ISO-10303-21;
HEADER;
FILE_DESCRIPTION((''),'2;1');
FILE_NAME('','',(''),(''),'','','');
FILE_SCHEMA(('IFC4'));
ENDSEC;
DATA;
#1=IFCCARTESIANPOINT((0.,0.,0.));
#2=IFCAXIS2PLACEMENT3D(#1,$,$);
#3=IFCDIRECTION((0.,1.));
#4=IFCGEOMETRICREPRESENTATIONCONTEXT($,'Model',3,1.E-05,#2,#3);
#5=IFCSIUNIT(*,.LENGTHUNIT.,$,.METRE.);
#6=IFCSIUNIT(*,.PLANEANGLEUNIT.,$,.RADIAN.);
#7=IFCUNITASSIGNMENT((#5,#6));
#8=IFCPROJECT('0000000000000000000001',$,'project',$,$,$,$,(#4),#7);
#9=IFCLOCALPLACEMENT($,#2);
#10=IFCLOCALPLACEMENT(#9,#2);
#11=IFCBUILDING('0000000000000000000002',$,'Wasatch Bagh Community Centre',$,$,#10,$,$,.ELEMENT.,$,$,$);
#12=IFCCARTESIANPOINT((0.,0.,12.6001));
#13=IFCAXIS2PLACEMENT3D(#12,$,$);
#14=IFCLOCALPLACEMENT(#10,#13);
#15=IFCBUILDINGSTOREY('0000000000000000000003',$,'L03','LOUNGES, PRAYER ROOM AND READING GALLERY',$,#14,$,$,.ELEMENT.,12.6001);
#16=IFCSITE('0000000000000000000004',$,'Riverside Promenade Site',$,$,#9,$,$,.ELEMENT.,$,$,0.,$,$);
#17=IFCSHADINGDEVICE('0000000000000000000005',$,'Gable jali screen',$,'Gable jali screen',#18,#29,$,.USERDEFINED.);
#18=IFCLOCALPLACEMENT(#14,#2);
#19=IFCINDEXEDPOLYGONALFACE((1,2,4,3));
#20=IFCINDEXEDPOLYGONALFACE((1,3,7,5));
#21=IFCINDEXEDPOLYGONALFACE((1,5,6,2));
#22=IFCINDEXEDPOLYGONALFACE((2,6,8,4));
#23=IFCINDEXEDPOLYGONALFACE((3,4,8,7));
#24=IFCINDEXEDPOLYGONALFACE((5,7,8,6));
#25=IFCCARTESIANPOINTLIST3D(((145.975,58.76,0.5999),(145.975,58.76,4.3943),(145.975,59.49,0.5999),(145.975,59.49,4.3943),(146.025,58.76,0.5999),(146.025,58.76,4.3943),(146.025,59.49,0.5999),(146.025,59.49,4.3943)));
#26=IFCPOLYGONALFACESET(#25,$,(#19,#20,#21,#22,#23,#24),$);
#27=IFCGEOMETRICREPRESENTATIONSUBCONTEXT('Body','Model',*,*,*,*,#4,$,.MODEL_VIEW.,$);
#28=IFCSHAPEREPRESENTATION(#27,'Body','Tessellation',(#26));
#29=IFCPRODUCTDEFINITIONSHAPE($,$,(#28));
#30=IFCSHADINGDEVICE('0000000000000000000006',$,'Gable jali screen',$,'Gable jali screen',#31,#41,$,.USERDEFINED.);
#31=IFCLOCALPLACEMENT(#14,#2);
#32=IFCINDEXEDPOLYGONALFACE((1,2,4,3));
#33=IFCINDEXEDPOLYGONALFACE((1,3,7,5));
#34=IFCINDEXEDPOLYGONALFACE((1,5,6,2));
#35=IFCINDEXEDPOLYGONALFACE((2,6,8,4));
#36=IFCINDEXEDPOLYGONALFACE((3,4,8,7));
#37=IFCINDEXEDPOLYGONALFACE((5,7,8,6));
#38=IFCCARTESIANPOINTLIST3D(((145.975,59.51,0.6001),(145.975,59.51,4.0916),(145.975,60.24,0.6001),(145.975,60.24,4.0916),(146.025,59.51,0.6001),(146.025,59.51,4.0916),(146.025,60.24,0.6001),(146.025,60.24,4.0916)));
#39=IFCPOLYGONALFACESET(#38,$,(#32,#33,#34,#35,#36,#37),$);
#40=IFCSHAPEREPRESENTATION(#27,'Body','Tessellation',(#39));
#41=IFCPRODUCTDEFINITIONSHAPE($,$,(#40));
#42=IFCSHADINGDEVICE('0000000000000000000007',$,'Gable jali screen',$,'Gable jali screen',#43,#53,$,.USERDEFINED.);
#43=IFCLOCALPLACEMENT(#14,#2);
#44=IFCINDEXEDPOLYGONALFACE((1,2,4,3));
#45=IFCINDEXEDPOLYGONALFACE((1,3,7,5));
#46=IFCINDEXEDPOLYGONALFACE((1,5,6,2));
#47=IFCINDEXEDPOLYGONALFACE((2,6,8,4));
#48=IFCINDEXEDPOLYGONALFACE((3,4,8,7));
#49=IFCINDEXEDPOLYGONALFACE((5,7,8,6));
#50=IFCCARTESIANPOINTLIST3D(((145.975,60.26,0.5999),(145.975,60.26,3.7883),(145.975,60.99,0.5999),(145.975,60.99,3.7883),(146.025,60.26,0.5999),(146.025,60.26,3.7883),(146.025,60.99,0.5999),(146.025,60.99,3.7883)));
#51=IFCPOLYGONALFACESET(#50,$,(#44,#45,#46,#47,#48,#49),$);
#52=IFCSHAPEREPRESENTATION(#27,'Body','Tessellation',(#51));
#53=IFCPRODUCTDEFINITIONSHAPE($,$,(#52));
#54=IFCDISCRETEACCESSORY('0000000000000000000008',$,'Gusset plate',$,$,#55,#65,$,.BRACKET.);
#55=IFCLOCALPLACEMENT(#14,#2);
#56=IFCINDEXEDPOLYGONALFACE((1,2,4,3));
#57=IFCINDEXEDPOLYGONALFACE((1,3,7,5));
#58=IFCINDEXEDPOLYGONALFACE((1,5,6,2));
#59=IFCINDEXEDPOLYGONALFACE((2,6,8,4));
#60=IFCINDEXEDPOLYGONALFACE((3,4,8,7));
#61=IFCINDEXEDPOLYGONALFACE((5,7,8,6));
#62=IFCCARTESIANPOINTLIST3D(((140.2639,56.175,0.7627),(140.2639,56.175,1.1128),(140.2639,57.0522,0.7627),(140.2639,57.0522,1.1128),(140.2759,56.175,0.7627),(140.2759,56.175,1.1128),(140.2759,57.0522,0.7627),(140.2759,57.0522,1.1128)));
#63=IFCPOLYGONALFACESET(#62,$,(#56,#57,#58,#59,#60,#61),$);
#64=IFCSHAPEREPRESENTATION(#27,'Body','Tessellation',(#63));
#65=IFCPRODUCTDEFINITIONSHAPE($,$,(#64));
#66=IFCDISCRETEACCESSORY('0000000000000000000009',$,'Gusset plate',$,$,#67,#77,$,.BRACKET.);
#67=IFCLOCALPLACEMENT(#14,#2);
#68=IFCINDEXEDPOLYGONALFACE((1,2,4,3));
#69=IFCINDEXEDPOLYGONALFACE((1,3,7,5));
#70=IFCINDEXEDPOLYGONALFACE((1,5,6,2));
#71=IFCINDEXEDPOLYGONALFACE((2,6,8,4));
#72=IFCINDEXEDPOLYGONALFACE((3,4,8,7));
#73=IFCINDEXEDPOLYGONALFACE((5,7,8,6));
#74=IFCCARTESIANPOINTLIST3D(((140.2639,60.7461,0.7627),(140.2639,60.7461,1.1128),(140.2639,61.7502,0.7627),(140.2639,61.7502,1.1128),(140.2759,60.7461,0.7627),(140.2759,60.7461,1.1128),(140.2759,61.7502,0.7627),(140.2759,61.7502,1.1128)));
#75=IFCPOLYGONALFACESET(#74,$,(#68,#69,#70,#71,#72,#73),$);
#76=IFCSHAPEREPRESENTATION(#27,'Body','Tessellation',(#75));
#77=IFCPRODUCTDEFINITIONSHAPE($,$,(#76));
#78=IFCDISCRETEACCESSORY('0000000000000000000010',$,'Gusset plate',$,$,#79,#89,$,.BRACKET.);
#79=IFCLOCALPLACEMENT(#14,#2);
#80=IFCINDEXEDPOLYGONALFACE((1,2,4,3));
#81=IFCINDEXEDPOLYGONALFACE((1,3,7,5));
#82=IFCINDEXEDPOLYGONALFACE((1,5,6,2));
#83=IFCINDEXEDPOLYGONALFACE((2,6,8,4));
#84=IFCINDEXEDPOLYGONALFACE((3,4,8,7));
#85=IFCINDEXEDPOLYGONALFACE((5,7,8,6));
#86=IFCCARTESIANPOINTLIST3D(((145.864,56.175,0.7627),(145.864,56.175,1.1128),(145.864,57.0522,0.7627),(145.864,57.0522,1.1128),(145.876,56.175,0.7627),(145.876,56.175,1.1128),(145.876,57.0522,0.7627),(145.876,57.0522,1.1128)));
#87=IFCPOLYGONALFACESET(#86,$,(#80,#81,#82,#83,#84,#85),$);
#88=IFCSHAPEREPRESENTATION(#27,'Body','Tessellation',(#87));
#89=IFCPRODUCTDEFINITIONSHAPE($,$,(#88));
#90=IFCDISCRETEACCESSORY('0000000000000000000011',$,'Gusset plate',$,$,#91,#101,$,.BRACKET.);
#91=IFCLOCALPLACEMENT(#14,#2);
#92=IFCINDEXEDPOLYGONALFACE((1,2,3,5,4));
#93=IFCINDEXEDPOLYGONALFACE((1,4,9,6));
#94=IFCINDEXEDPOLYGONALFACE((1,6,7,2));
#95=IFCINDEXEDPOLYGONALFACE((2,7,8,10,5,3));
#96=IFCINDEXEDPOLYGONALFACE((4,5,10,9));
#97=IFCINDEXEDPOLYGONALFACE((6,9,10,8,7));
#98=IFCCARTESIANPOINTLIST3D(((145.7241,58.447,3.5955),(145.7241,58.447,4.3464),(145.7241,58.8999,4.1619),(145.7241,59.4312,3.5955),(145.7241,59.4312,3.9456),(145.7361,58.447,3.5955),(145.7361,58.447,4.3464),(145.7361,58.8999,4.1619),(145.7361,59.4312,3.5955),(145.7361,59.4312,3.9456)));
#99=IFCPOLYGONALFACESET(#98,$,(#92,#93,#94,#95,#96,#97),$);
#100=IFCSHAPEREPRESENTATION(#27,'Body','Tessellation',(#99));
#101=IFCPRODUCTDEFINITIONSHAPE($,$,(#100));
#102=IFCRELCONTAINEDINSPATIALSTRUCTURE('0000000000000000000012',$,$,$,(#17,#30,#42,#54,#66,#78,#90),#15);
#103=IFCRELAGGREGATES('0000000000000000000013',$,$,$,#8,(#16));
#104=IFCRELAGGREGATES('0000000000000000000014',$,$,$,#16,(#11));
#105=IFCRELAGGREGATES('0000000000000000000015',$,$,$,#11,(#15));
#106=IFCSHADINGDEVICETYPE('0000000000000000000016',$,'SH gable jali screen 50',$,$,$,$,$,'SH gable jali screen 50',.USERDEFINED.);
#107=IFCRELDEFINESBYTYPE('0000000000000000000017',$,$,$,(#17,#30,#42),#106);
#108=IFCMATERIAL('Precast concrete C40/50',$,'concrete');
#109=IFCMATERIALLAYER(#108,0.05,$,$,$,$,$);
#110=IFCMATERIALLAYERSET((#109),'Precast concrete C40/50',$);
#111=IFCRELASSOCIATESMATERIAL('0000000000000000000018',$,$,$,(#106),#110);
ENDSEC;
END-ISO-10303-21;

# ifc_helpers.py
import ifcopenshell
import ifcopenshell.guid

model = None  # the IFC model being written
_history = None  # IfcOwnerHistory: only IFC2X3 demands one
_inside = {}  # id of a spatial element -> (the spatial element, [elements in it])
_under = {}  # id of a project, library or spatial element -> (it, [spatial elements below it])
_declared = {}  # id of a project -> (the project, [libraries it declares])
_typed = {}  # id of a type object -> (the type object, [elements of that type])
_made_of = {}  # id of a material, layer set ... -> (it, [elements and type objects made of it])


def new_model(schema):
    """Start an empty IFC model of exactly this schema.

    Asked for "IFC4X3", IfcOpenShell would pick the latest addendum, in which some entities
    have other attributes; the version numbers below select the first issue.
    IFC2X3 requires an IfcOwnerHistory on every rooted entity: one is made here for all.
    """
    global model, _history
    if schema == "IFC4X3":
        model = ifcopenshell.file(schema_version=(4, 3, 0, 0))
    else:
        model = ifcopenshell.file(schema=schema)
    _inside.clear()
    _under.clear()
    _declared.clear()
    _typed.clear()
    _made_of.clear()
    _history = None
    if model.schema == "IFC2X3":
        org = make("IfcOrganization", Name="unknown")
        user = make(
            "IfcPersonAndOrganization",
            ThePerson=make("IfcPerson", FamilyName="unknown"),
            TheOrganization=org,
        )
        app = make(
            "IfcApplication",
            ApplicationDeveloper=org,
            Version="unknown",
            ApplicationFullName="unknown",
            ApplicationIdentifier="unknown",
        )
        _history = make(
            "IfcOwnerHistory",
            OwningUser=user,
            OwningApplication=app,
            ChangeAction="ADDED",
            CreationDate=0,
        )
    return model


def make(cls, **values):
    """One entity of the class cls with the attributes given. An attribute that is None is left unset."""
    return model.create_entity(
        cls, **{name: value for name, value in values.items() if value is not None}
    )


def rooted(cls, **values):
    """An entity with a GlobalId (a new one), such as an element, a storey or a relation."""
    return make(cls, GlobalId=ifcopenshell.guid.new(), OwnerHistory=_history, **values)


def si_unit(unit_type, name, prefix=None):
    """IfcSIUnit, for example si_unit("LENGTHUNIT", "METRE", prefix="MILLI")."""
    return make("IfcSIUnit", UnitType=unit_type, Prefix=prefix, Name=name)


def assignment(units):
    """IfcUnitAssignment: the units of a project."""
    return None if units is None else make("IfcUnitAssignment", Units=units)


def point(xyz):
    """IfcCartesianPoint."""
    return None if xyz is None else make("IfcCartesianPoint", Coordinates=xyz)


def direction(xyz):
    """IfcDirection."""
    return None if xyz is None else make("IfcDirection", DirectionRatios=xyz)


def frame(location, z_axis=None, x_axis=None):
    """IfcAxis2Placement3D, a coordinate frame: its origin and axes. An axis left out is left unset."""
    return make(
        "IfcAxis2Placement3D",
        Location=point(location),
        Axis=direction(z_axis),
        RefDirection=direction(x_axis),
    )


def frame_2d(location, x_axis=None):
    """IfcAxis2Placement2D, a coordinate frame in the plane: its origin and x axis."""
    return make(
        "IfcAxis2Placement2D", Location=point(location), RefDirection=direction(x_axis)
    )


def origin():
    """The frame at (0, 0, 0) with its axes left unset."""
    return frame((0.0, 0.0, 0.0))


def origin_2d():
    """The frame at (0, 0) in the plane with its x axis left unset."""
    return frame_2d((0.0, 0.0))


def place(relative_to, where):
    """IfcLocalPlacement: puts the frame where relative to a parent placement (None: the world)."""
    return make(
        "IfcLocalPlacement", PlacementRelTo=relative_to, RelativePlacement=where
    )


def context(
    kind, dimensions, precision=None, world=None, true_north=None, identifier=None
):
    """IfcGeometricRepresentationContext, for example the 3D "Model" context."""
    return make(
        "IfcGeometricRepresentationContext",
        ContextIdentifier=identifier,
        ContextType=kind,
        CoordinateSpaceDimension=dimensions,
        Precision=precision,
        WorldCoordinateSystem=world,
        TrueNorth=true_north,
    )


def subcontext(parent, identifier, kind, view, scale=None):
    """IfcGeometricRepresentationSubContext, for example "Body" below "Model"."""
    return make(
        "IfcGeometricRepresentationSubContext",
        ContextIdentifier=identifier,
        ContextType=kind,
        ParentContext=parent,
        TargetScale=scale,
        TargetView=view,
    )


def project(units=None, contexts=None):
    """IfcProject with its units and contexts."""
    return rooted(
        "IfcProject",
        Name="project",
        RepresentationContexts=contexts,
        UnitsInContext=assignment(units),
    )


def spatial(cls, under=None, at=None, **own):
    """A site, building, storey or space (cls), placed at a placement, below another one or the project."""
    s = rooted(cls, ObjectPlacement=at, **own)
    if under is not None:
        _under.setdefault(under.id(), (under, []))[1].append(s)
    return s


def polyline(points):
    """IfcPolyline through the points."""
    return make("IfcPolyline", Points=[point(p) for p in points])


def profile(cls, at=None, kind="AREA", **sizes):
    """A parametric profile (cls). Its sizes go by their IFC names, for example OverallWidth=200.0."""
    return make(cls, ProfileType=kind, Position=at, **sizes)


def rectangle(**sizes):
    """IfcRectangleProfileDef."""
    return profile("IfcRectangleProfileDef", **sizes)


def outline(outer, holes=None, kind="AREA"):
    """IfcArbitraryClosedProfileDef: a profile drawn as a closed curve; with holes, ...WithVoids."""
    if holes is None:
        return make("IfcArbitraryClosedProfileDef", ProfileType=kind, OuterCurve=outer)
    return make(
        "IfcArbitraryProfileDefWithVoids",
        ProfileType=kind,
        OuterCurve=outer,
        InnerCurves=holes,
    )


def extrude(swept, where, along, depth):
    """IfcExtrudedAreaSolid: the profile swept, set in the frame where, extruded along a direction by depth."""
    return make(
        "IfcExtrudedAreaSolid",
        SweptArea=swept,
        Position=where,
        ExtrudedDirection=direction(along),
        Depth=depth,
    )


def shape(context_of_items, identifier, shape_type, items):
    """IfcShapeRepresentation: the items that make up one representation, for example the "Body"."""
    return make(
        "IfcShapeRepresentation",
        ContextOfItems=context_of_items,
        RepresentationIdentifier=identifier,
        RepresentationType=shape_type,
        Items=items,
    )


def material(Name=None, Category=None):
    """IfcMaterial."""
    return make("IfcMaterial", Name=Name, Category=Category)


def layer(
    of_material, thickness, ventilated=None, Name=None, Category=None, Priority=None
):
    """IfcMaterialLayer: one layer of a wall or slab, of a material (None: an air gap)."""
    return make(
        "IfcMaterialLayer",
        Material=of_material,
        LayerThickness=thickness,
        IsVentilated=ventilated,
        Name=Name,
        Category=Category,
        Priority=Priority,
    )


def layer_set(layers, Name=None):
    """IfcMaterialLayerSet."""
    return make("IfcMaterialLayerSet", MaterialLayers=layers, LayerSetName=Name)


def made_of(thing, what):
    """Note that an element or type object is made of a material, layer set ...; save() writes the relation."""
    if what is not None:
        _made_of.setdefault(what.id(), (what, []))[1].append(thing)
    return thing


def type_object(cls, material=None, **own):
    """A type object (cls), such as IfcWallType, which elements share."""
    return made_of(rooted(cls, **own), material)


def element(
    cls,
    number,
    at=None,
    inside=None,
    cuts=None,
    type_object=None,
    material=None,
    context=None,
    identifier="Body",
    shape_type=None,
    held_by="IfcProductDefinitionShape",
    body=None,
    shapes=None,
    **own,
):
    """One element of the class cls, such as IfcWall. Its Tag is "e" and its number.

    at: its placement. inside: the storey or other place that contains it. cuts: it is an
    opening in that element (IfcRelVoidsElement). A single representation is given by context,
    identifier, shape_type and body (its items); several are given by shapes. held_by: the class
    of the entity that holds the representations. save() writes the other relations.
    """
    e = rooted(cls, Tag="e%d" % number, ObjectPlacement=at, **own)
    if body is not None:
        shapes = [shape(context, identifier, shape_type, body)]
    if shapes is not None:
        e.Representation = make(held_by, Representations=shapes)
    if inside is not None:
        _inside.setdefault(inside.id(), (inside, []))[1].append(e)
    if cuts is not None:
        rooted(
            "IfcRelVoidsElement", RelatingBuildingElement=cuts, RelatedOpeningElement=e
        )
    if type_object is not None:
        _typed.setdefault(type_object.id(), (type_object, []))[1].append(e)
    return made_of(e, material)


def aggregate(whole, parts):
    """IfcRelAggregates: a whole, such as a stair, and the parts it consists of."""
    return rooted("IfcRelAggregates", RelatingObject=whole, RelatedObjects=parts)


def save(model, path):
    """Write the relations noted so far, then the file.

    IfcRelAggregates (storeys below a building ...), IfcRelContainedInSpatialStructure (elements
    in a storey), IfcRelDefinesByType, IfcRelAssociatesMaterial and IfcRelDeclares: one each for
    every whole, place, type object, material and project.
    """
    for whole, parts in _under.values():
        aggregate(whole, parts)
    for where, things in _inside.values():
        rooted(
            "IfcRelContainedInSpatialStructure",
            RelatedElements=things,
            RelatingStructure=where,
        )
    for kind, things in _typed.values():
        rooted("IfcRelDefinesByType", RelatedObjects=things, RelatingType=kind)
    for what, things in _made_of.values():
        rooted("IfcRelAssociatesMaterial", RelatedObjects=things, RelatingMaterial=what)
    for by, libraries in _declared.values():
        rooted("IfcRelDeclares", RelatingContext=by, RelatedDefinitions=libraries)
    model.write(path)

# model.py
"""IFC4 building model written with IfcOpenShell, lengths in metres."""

from ifc_helpers import new_model, si_unit, direction, frame, origin, origin_2d, place, context, subcontext, project, spatial, polyline, rectangle, outline, extrude, material, layer, layer_set, type_object, element, save


model = new_model("IFC4")

# Units and contexts
model_context = context("Model", 3, precision=1e-05, world=origin(), true_north=direction((0.0, 1.0)))
body_context = subcontext(model_context, "Body", "Model", "MODEL_VIEW")
ifc_project = project(units=[si_unit("LENGTHUNIT", "METRE"), si_unit("PLANEANGLEUNIT", "RADIAN")], contexts=[model_context])

# Site, building, storey
site_placement = place(None, origin())
site = spatial("IfcSite", under=ifc_project, at=site_placement, Name="Riverside Promenade Site", CompositionType="ELEMENT", RefElevation=0.0)
building_placement = place(site_placement, origin())
building = spatial("IfcBuilding", under=site, at=building_placement, Name="Wasatch Bagh Community Centre", CompositionType="ELEMENT")
storey_placement = place(building_placement, frame((0.0, 0.0, 12.6001)))
storey = spatial("IfcBuildingStorey", under=building, at=storey_placement, Name="L03", Description="LOUNGES, PRAYER ROOM AND READING GALLERY", CompositionType="ELEMENT", Elevation=12.6001)

# Shading devices
ifc_material_1 = material(Name="Precast concrete C40/50", Category="concrete")
ifc_layer_1 = layer(ifc_material_1, 0.05)
ifc_layer_set_1 = layer_set([ifc_layer_1], Name="Precast concrete C40/50")
shading_device_type = type_object("IfcShadingDeviceType", Name="SH gable jali screen 50", ElementType="SH gable jali screen 50", PredefinedType="USERDEFINED", material=ifc_layer_set_1)
shading_device_1_placement = place(storey_placement, frame((146.0, 59.125, 0.5999), z_axis=(0.0, 0.0, 1.0), x_axis=(1.0, 0.0, 0.0)))
element("IfcShadingDevice", 1, at=shading_device_1_placement, inside=storey, type_object=shading_device_type, Name="Gable jali screen", ObjectType="Gable jali screen", PredefinedType="USERDEFINED", context=body_context, shape_type="SweptSolid", body=[
    extrude(rectangle(XDim=0.05, YDim=0.73, at=origin_2d()), origin(), (0.0, 0.0, 1.0), 3.7944),
])
shading_device_2_placement = place(storey_placement, frame((146.0, 59.875, 0.6001), z_axis=(0.0, 0.0, 1.0), x_axis=(1.0, 0.0, 0.0)))
element("IfcShadingDevice", 2, at=shading_device_2_placement, inside=storey, type_object=shading_device_type, Name="Gable jali screen", ObjectType="Gable jali screen", PredefinedType="USERDEFINED", context=body_context, shape_type="SweptSolid", body=[
    extrude(rectangle(XDim=0.05, YDim=0.73, at=origin_2d()), origin(), (0.0, 0.0, 1.0), 3.4915),
])
shading_device_3_placement = place(storey_placement, frame((146.0, 60.625, 0.5999), z_axis=(0.0, 0.0, 1.0), x_axis=(1.0, 0.0, 0.0)))
element("IfcShadingDevice", 3, at=shading_device_3_placement, inside=storey, type_object=shading_device_type, Name="Gable jali screen", ObjectType="Gable jali screen", PredefinedType="USERDEFINED", context=body_context, shape_type="SweptSolid", body=[
    extrude(rectangle(XDim=0.05, YDim=0.73, at=origin_2d()), origin(), (0.0, 0.0, 1.0), 3.1885),
])

# Discrete accessories
discrete_accessory_1_placement = place(storey_placement, frame((140.2759, 56.175, 0.7627), z_axis=(1.0, 0.0, 0.0), x_axis=(0.0, 1.0, 0.0)))
element("IfcDiscreteAccessory", 4, at=discrete_accessory_1_placement, inside=storey, Name="Gusset plate", PredefinedType="BRACKET", context=body_context, shape_type="SweptSolid", body=[
    extrude(outline(polyline([(0.0, 0.0), (0.8772, 0.0), (0.8772, 0.3501), (0.0, 0.3501), (0.0, 0.0)])), origin(), (0.0, 0.0, -1.0), 0.012),
])
discrete_accessory_2_placement = place(storey_placement, frame((140.2759, 60.7461, 0.7627), z_axis=(1.0, 0.0, 0.0), x_axis=(0.0, 1.0, 0.0)))
element("IfcDiscreteAccessory", 5, at=discrete_accessory_2_placement, inside=storey, Name="Gusset plate", PredefinedType="BRACKET", context=body_context, shape_type="SweptSolid", body=[
    extrude(outline(polyline([(0.0, 0.0), (1.0042, 0.0), (1.0042, 0.3501), (0.0, 0.3501), (0.0, 0.0)])), origin(), (0.0, 0.0, -1.0), 0.012),
])
discrete_accessory_3_placement = place(storey_placement, frame((145.876, 56.175, 0.7627), z_axis=(1.0, 0.0, 0.0), x_axis=(0.0, 1.0, 0.0)))
element("IfcDiscreteAccessory", 6, at=discrete_accessory_3_placement, inside=storey, Name="Gusset plate", PredefinedType="BRACKET", context=body_context, shape_type="SweptSolid", body=[
    extrude(outline(polyline([(0.0, 0.0), (0.8772, 0.0), (0.8772, 0.3501), (0.0, 0.3501), (0.0, 0.0)])), origin(), (0.0, 0.0, -1.0), 0.012),
])
discrete_accessory_4_placement = place(storey_placement, frame((145.7241, 58.447, 4.3464), z_axis=(-1.0, 0.0, 0.0), x_axis=(0.0, 0.926047, -0.377408)))
element("IfcDiscreteAccessory", 7, at=discrete_accessory_4_placement, inside=storey, Name="Gusset plate", PredefinedType="BRACKET", context=body_context, shape_type="SweptSolid", body=[
    extrude(outline(polyline([(0.0, 0.0), (0.489, 0.0), (1.0626, -0.0002), (1.1948, 0.324), (0.2834, 0.6954), (0.0, 0.0)])), origin(), (0.0, 0.0, -1.0), 0.012),
])

save(model, "model.ifc")
